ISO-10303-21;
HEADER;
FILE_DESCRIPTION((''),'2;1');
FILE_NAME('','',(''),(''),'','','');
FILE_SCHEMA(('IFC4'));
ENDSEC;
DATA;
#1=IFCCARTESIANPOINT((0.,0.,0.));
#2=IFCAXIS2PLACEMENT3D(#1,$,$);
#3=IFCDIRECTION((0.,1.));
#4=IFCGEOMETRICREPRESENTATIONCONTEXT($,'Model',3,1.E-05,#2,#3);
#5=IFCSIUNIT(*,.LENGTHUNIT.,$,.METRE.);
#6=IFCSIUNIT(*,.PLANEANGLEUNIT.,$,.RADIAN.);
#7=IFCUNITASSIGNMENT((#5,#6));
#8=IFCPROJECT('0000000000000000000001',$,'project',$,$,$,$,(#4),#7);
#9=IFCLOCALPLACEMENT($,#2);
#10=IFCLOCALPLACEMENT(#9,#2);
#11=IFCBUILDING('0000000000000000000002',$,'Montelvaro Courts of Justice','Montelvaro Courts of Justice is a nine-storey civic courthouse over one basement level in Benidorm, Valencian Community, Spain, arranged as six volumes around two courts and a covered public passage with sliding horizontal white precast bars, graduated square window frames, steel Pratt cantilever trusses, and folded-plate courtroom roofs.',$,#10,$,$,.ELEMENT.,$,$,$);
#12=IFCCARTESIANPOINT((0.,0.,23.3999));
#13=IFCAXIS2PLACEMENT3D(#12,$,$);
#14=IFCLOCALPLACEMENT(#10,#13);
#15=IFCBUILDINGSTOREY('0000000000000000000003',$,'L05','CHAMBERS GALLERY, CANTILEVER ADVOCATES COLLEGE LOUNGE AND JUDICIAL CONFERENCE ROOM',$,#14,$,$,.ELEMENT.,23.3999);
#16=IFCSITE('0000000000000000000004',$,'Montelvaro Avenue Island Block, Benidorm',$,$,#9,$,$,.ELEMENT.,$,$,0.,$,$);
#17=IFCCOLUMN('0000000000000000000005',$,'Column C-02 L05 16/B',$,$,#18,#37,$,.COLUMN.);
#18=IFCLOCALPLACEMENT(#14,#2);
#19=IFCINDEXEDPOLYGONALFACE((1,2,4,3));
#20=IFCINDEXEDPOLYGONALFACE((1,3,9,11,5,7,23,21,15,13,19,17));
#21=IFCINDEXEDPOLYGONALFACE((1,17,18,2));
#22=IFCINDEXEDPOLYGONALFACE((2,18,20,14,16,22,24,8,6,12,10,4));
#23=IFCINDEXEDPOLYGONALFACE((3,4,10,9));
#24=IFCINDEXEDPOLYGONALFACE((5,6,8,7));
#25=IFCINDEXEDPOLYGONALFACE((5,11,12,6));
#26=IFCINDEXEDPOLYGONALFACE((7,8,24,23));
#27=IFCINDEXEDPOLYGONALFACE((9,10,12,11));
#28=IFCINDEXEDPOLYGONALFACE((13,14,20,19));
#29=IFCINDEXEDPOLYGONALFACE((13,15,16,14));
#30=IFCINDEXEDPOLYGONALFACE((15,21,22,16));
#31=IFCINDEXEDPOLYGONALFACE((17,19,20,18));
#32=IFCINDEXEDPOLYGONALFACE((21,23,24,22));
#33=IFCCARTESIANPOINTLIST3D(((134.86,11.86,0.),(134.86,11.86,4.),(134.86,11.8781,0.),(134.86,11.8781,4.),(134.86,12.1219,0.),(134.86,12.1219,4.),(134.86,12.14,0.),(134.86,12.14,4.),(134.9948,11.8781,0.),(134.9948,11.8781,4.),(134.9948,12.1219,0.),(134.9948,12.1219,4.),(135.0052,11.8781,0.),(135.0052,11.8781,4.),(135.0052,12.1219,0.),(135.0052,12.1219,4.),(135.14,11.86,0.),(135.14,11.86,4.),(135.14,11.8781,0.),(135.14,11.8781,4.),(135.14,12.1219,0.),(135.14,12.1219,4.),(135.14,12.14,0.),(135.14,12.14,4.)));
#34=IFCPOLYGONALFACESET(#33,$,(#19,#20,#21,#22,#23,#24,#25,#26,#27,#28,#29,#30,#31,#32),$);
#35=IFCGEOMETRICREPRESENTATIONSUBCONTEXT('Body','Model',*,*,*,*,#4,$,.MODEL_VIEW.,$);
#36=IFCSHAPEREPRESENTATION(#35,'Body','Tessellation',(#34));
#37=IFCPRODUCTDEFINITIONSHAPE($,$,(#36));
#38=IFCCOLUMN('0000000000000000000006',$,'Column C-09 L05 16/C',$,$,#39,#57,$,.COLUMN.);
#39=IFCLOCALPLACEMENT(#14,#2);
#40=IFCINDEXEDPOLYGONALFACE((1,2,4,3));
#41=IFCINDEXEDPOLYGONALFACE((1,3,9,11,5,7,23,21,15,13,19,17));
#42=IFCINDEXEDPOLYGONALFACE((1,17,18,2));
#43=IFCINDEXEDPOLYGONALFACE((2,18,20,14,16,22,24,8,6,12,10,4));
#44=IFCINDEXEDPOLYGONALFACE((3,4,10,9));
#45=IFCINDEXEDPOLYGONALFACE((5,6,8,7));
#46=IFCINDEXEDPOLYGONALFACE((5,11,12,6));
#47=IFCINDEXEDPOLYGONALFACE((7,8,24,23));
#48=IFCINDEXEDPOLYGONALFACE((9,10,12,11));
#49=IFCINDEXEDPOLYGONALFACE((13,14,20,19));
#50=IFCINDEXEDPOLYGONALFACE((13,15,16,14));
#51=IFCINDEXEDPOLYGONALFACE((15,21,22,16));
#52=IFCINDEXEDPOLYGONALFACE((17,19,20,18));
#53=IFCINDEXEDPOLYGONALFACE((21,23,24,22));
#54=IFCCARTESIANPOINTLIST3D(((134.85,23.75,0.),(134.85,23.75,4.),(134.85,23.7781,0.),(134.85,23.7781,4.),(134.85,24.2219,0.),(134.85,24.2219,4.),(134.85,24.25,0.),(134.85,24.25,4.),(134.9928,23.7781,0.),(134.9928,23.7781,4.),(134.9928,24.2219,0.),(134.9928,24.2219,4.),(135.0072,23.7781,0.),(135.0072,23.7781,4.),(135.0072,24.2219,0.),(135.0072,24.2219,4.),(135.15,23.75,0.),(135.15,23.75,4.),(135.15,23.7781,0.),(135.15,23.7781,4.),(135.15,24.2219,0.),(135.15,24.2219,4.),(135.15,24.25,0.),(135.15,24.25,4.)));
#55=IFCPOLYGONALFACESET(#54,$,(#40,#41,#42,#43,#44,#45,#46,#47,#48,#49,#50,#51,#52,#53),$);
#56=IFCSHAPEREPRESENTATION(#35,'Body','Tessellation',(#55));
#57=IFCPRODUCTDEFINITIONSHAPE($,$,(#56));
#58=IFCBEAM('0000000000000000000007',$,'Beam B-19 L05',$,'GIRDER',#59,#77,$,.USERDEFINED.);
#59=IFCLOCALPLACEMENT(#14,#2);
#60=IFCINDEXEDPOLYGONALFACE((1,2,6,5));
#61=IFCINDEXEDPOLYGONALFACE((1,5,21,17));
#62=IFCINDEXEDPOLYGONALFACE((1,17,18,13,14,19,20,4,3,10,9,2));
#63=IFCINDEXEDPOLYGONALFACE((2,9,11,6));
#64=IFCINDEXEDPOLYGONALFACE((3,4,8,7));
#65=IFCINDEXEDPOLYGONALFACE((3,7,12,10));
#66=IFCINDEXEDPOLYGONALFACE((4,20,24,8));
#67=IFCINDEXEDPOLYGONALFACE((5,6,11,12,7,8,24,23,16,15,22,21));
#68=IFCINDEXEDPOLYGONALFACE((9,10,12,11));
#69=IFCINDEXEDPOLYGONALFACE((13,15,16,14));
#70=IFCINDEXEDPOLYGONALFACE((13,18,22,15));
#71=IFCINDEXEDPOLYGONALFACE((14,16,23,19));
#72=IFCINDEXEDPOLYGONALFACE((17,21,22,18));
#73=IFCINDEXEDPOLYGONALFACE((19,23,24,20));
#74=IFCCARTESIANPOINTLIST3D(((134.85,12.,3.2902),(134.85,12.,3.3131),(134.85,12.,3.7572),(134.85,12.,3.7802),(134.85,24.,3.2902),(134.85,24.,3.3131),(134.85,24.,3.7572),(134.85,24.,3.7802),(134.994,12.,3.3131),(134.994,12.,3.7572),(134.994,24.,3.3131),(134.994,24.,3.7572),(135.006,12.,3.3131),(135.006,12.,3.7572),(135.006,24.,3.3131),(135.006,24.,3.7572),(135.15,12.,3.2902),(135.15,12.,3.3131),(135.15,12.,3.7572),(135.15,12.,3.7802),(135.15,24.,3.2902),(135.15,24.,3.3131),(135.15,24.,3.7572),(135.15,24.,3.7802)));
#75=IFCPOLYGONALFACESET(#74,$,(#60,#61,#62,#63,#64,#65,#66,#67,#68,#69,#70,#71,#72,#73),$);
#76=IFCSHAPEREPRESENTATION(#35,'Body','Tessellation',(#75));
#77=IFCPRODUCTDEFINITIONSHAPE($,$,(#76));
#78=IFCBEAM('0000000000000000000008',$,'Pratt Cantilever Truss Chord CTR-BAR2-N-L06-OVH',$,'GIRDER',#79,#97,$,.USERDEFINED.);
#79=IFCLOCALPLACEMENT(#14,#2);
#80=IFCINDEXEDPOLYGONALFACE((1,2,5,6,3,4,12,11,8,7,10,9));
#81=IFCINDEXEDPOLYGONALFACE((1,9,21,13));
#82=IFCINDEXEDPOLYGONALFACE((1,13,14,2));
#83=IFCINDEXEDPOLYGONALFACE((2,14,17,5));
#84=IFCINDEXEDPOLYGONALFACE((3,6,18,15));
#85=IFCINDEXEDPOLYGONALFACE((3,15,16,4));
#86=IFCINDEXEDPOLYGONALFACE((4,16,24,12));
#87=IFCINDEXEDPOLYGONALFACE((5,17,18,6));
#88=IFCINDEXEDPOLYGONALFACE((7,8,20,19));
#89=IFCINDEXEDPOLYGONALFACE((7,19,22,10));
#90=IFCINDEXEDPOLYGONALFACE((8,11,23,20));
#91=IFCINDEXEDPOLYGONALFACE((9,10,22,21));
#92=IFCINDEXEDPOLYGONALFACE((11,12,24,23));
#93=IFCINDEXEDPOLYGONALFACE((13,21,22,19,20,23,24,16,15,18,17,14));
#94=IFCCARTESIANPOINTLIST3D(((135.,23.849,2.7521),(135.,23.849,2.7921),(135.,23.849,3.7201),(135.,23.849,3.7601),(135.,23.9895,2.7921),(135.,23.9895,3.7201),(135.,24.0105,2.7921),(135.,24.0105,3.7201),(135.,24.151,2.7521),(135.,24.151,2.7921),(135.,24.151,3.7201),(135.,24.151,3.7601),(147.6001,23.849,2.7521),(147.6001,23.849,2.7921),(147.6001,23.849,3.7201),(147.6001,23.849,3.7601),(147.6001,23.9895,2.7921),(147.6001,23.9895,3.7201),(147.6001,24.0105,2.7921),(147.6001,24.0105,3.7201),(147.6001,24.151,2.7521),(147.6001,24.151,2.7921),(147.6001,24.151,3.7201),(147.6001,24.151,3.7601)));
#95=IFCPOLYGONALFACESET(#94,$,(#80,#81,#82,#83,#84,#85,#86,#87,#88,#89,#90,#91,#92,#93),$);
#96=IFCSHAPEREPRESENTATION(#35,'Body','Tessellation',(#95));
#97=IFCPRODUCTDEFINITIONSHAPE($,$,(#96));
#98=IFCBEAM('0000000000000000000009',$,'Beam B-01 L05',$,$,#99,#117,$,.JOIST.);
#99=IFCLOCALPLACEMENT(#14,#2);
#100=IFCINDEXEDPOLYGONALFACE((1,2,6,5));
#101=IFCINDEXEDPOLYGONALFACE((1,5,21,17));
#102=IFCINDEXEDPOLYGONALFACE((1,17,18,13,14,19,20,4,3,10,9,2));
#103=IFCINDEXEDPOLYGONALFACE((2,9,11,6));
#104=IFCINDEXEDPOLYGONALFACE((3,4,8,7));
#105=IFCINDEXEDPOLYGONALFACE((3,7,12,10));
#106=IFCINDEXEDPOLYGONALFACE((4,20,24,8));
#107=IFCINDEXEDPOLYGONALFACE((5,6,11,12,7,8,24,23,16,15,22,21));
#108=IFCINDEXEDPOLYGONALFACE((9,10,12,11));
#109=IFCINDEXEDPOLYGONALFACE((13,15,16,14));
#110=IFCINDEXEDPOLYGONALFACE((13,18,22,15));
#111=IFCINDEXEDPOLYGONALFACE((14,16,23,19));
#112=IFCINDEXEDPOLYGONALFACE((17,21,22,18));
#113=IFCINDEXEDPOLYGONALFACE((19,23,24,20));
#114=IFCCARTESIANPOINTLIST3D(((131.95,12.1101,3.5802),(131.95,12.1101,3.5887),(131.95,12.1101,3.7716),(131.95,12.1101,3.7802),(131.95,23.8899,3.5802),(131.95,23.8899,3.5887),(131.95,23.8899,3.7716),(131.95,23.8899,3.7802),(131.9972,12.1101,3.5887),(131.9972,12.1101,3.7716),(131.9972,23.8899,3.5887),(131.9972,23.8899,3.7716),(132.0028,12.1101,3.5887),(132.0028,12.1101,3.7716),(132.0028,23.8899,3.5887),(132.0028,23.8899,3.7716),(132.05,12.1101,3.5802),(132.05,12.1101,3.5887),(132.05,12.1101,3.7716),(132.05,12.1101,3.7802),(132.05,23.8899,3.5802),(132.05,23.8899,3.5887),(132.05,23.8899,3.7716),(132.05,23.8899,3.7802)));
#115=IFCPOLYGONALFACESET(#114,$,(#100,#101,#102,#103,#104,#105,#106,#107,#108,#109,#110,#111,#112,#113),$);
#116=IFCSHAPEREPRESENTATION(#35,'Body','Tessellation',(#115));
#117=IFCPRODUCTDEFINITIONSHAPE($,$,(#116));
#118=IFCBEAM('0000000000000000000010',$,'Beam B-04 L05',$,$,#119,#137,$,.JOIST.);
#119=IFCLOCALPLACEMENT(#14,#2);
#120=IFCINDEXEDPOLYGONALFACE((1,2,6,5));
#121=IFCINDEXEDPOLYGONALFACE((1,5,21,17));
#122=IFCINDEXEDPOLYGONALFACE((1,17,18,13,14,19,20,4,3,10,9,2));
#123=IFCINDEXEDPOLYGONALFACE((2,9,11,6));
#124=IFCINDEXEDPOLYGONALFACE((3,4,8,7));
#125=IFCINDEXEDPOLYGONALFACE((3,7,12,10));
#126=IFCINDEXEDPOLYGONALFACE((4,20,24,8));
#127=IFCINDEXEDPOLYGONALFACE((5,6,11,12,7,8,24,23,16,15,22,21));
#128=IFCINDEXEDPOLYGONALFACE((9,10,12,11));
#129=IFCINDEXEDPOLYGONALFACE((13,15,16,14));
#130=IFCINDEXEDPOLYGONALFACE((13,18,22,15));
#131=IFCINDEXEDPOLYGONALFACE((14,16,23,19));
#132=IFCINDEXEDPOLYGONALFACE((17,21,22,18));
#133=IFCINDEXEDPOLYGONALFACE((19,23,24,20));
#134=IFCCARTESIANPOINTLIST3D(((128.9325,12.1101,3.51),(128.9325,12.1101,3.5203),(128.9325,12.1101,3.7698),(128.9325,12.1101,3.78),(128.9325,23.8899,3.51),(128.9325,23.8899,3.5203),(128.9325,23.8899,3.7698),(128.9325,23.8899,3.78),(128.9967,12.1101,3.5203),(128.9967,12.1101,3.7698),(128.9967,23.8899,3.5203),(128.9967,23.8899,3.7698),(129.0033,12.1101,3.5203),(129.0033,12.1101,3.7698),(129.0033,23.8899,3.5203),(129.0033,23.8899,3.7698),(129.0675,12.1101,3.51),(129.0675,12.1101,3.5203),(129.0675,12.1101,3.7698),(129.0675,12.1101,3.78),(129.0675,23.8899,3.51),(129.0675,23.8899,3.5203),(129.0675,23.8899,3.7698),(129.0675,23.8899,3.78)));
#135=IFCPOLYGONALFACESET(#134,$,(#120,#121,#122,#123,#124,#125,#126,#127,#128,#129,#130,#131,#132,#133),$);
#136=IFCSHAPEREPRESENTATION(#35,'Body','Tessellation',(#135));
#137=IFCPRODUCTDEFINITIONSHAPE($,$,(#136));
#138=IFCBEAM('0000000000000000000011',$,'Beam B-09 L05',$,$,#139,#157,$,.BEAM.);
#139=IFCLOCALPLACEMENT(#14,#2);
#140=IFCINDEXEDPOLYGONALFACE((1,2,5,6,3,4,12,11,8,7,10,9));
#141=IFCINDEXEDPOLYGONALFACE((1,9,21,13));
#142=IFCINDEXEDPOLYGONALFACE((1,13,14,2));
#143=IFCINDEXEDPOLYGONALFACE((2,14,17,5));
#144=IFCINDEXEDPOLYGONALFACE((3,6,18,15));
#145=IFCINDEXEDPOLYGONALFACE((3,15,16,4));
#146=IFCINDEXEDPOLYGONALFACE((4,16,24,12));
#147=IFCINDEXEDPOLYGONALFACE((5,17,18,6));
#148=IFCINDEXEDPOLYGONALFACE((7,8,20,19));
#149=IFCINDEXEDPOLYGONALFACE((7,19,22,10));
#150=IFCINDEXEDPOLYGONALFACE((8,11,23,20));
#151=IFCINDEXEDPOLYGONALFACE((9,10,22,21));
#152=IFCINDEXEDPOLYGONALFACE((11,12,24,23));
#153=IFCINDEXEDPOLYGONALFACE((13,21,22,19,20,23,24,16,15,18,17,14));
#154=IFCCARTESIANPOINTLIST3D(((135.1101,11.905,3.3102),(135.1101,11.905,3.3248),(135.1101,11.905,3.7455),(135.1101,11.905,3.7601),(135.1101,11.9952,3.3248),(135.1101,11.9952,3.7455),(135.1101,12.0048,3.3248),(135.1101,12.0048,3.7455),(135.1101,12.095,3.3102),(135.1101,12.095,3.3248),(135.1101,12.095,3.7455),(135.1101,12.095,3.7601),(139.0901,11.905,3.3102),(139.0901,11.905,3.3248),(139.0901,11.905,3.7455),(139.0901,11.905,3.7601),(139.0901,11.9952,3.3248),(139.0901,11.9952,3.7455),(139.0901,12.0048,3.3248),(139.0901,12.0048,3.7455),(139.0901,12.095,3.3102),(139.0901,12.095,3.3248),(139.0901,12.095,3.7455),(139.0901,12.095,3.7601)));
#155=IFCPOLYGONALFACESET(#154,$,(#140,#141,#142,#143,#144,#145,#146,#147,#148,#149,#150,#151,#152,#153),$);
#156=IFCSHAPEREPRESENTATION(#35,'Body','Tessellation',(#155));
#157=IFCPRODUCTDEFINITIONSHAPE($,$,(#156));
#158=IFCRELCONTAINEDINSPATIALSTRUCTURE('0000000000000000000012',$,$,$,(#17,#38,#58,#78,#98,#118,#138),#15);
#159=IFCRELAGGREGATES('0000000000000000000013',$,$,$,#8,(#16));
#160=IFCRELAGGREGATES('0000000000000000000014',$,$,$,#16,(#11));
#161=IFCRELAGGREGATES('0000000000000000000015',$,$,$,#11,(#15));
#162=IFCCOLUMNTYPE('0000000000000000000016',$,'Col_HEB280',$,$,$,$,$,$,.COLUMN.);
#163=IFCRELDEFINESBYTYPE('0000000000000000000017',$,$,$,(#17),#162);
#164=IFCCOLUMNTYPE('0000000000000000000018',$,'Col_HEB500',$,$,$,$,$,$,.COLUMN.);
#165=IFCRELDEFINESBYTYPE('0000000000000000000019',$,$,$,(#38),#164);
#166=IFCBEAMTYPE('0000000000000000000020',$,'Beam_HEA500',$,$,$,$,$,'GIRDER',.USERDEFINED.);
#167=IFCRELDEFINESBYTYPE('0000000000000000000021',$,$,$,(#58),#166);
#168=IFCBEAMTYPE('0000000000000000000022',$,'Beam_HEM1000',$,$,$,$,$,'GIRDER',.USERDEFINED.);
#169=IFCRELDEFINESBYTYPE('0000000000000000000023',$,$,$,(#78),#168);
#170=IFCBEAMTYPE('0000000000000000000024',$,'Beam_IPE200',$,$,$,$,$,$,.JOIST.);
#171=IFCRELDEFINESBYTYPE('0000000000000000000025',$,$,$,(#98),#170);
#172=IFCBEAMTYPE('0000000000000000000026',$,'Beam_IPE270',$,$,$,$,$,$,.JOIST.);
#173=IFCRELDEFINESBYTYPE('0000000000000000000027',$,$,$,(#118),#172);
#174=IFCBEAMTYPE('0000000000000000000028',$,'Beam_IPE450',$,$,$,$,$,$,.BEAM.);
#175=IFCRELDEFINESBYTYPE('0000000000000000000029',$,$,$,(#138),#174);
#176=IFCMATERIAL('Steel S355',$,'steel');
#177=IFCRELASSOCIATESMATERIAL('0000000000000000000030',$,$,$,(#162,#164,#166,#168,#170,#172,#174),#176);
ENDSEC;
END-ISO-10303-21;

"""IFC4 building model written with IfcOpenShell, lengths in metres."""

from ifc_helpers import new_model, si_unit, direction, frame, origin, origin_2d, place, context, subcontext, project, spatial, i_section, extrude, material, material_profile, profile_set, type_object, element, save


model = new_model("IFC4")

# Units and contexts
model_context = context("Model", 3, precision=1e-05, world=origin(), true_north=direction((0.0, 1.0)))
body_context = subcontext(model_context, "Body", "Model", "MODEL_VIEW")
ifc_project = project(units=[si_unit("LENGTHUNIT", "METRE"), si_unit("PLANEANGLEUNIT", "RADIAN")], contexts=[model_context])

# Site, building, storey
site_placement = place(None, origin())
site = spatial("IfcSite", under=ifc_project, at=site_placement, Name="Montelvaro Avenue Island Block, Benidorm", CompositionType="ELEMENT", RefElevation=0.0)
building_placement = place(site_placement, origin())
building = spatial("IfcBuilding", under=site, at=building_placement, Name="Montelvaro Courts of Justice", Description="Montelvaro Courts of Justice is a nine-storey civic courthouse over one basement level in Benidorm, Valencian Community, Spain, arranged as six volumes around two courts and a covered public passage with sliding horizontal white precast bars, graduated square window frames, steel Pratt cantilever trusses, and folded-plate courtroom roofs.", CompositionType="ELEMENT")
storey_placement = place(building_placement, frame((0.0, 0.0, 23.3999)))
storey = spatial("IfcBuildingStorey", under=building, at=storey_placement, Name="L05", Description="CHAMBERS GALLERY, CANTILEVER ADVOCATES COLLEGE LOUNGE AND JUDICIAL CONFERENCE ROOM", CompositionType="ELEMENT", Elevation=23.3999)

# Columns
ifc_material_1 = material(Name="Steel S355", Category="steel")
ifc_material_profile_1 = material_profile(ifc_material_1, i_section(OverallWidth=0.28, OverallDepth=0.28, WebThickness=0.0105, FlangeThickness=0.0181, at=origin_2d()), Name="HEB 280")
ifc_profile_set_1 = profile_set([ifc_material_profile_1], Name="Steel S355")
column_type_1 = type_object("IfcColumnType", Name="Col_HEB280", PredefinedType="COLUMN", material=ifc_profile_set_1)
column_1_placement = place(storey_placement, frame((135.0, 12.0, 0.0), z_axis=(0.0, 0.0, 1.0), x_axis=(1.0, 0.0, 0.0)))
element("IfcColumn", 1, at=column_1_placement, inside=storey, type_object=column_type_1, Name="Column C-02 L05 16/B", PredefinedType="COLUMN", context=body_context, shape_type="SweptSolid", body=[
    extrude(i_section(OverallWidth=0.28, OverallDepth=0.28, WebThickness=0.0105, FlangeThickness=0.0181, at=origin_2d()), origin(), (0.0, 0.0, 1.0), 4.0),
])
ifc_material_profile_2 = material_profile(ifc_material_1, i_section(OverallWidth=0.3, OverallDepth=0.5, WebThickness=0.0144, FlangeThickness=0.0281, at=origin_2d()), Name="HEB 500")
ifc_profile_set_2 = profile_set([ifc_material_profile_2], Name="Steel S355")
column_type_2 = type_object("IfcColumnType", Name="Col_HEB500", PredefinedType="COLUMN", material=ifc_profile_set_2)
column_2_placement = place(storey_placement, frame((135.0, 24.0, 0.0), z_axis=(0.0, 0.0, 1.0), x_axis=(1.0, 0.0, 0.0)))
element("IfcColumn", 2, at=column_2_placement, inside=storey, type_object=column_type_2, Name="Column C-09 L05 16/C", PredefinedType="COLUMN", context=body_context, shape_type="SweptSolid", body=[
    extrude(i_section(OverallWidth=0.3, OverallDepth=0.5, WebThickness=0.0144, FlangeThickness=0.0281, at=origin_2d()), origin(), (0.0, 0.0, 1.0), 4.0),
])

# Beams
ifc_material_profile_3 = material_profile(ifc_material_1, i_section(OverallWidth=0.3, OverallDepth=0.49, WebThickness=0.012, FlangeThickness=0.0229, at=origin_2d()), Name="HEA 500")
ifc_profile_set_3 = profile_set([ifc_material_profile_3], Name="Steel S355")
beam_type_1 = type_object("IfcBeamType", Name="Beam_HEA500", ElementType="GIRDER", PredefinedType="USERDEFINED", material=ifc_profile_set_3)
beam_1_placement = place(storey_placement, frame((135.0, 12.0, 3.5352), z_axis=(0.0, 1.0, 0.0), x_axis=(-1.0, 0.0, 0.0)))
element("IfcBeam", 3, at=beam_1_placement, inside=storey, type_object=beam_type_1, Name="Beam B-19 L05", ObjectType="GIRDER", PredefinedType="USERDEFINED", context=body_context, shape_type="SweptSolid", body=[
    extrude(i_section(OverallWidth=0.3, OverallDepth=0.49, WebThickness=0.012, FlangeThickness=0.0229, at=origin_2d()), origin(), (0.0, 0.0, 1.0), 12.0),
])
ifc_material_profile_4 = material_profile(ifc_material_1, i_section(OverallWidth=0.302, OverallDepth=1.0081, WebThickness=0.021, FlangeThickness=0.04, at=origin_2d()), Name="HEM 1000")
ifc_profile_set_4 = profile_set([ifc_material_profile_4], Name="Steel S355")
beam_type_2 = type_object("IfcBeamType", Name="Beam_HEM1000", ElementType="GIRDER", PredefinedType="USERDEFINED", material=ifc_profile_set_4)
beam_2_placement = place(storey_placement, frame((135.0, 24.0, 3.2561), z_axis=(1.0, 0.0, 0.0), x_axis=(0.0, 1.0, 0.0)))
element("IfcBeam", 4, at=beam_2_placement, inside=storey, type_object=beam_type_2, Name="Pratt Cantilever Truss Chord CTR-BAR2-N-L06-OVH", ObjectType="GIRDER", PredefinedType="USERDEFINED", context=body_context, shape_type="SweptSolid", body=[
    extrude(i_section(OverallWidth=0.302, OverallDepth=1.0081, WebThickness=0.021, FlangeThickness=0.04, at=origin_2d()), origin(), (0.0, 0.0, 1.0), 12.6001),
])
ifc_material_profile_5 = material_profile(ifc_material_1, i_section(OverallWidth=0.1001, OverallDepth=0.2, WebThickness=0.0056, FlangeThickness=0.0085, at=origin_2d()), Name="IPE 200")
ifc_profile_set_5 = profile_set([ifc_material_profile_5], Name="Steel S355")
beam_type_3 = type_object("IfcBeamType", Name="Beam_IPE200", PredefinedType="JOIST", material=ifc_profile_set_5)
beam_3_placement = place(storey_placement, frame((132.0, 12.1101, 3.6802), z_axis=(0.0, 1.0, 0.0), x_axis=(-1.0, 0.0, 0.0)))
element("IfcBeam", 5, at=beam_3_placement, inside=storey, type_object=beam_type_3, Name="Beam B-01 L05", PredefinedType="JOIST", context=body_context, shape_type="SweptSolid", body=[
    extrude(i_section(OverallWidth=0.1001, OverallDepth=0.2, WebThickness=0.0056, FlangeThickness=0.0085, at=origin_2d()), origin(), (0.0, 0.0, 1.0), 11.7798),
])
ifc_material_profile_6 = material_profile(ifc_material_1, i_section(OverallWidth=0.135, OverallDepth=0.27, WebThickness=0.0066, FlangeThickness=0.0103, at=origin_2d()), Name="IPE 270")
ifc_profile_set_6 = profile_set([ifc_material_profile_6], Name="Steel S355")
beam_type_4 = type_object("IfcBeamType", Name="Beam_IPE270", PredefinedType="JOIST", material=ifc_profile_set_6)
beam_4_placement = place(storey_placement, frame((129.0, 12.1101, 3.645), z_axis=(0.0, 1.0, 0.0), x_axis=(-1.0, 0.0, 0.0)))
element("IfcBeam", 6, at=beam_4_placement, inside=storey, type_object=beam_type_4, Name="Beam B-04 L05", PredefinedType="JOIST", context=body_context, shape_type="SweptSolid", body=[
    extrude(i_section(OverallWidth=0.135, OverallDepth=0.27, WebThickness=0.0066, FlangeThickness=0.0103, at=origin_2d()), origin(), (0.0, 0.0, 1.0), 11.7798),
])
ifc_material_profile_7 = material_profile(ifc_material_1, i_section(OverallWidth=0.1899, OverallDepth=0.45, WebThickness=0.0095, FlangeThickness=0.0146, at=origin_2d()), Name="IPE 450")
ifc_profile_set_7 = profile_set([ifc_material_profile_7], Name="Steel S355")
beam_type_5 = type_object("IfcBeamType", Name="Beam_IPE450", PredefinedType="BEAM", material=ifc_profile_set_7)
beam_5_placement = place(storey_placement, frame((135.1101, 12.0, 3.5352), z_axis=(1.0, 0.0, 0.0), x_axis=(0.0, 1.0, 0.0)))
element("IfcBeam", 7, at=beam_5_placement, inside=storey, type_object=beam_type_5, Name="Beam B-09 L05", PredefinedType="BEAM", context=body_context, shape_type="SweptSolid", body=[
    extrude(i_section(OverallWidth=0.1899, OverallDepth=0.45, WebThickness=0.0095, FlangeThickness=0.0146, at=origin_2d()), origin(), (0.0, 0.0, 1.0), 3.98),
])

save(model, "model.ifc")
